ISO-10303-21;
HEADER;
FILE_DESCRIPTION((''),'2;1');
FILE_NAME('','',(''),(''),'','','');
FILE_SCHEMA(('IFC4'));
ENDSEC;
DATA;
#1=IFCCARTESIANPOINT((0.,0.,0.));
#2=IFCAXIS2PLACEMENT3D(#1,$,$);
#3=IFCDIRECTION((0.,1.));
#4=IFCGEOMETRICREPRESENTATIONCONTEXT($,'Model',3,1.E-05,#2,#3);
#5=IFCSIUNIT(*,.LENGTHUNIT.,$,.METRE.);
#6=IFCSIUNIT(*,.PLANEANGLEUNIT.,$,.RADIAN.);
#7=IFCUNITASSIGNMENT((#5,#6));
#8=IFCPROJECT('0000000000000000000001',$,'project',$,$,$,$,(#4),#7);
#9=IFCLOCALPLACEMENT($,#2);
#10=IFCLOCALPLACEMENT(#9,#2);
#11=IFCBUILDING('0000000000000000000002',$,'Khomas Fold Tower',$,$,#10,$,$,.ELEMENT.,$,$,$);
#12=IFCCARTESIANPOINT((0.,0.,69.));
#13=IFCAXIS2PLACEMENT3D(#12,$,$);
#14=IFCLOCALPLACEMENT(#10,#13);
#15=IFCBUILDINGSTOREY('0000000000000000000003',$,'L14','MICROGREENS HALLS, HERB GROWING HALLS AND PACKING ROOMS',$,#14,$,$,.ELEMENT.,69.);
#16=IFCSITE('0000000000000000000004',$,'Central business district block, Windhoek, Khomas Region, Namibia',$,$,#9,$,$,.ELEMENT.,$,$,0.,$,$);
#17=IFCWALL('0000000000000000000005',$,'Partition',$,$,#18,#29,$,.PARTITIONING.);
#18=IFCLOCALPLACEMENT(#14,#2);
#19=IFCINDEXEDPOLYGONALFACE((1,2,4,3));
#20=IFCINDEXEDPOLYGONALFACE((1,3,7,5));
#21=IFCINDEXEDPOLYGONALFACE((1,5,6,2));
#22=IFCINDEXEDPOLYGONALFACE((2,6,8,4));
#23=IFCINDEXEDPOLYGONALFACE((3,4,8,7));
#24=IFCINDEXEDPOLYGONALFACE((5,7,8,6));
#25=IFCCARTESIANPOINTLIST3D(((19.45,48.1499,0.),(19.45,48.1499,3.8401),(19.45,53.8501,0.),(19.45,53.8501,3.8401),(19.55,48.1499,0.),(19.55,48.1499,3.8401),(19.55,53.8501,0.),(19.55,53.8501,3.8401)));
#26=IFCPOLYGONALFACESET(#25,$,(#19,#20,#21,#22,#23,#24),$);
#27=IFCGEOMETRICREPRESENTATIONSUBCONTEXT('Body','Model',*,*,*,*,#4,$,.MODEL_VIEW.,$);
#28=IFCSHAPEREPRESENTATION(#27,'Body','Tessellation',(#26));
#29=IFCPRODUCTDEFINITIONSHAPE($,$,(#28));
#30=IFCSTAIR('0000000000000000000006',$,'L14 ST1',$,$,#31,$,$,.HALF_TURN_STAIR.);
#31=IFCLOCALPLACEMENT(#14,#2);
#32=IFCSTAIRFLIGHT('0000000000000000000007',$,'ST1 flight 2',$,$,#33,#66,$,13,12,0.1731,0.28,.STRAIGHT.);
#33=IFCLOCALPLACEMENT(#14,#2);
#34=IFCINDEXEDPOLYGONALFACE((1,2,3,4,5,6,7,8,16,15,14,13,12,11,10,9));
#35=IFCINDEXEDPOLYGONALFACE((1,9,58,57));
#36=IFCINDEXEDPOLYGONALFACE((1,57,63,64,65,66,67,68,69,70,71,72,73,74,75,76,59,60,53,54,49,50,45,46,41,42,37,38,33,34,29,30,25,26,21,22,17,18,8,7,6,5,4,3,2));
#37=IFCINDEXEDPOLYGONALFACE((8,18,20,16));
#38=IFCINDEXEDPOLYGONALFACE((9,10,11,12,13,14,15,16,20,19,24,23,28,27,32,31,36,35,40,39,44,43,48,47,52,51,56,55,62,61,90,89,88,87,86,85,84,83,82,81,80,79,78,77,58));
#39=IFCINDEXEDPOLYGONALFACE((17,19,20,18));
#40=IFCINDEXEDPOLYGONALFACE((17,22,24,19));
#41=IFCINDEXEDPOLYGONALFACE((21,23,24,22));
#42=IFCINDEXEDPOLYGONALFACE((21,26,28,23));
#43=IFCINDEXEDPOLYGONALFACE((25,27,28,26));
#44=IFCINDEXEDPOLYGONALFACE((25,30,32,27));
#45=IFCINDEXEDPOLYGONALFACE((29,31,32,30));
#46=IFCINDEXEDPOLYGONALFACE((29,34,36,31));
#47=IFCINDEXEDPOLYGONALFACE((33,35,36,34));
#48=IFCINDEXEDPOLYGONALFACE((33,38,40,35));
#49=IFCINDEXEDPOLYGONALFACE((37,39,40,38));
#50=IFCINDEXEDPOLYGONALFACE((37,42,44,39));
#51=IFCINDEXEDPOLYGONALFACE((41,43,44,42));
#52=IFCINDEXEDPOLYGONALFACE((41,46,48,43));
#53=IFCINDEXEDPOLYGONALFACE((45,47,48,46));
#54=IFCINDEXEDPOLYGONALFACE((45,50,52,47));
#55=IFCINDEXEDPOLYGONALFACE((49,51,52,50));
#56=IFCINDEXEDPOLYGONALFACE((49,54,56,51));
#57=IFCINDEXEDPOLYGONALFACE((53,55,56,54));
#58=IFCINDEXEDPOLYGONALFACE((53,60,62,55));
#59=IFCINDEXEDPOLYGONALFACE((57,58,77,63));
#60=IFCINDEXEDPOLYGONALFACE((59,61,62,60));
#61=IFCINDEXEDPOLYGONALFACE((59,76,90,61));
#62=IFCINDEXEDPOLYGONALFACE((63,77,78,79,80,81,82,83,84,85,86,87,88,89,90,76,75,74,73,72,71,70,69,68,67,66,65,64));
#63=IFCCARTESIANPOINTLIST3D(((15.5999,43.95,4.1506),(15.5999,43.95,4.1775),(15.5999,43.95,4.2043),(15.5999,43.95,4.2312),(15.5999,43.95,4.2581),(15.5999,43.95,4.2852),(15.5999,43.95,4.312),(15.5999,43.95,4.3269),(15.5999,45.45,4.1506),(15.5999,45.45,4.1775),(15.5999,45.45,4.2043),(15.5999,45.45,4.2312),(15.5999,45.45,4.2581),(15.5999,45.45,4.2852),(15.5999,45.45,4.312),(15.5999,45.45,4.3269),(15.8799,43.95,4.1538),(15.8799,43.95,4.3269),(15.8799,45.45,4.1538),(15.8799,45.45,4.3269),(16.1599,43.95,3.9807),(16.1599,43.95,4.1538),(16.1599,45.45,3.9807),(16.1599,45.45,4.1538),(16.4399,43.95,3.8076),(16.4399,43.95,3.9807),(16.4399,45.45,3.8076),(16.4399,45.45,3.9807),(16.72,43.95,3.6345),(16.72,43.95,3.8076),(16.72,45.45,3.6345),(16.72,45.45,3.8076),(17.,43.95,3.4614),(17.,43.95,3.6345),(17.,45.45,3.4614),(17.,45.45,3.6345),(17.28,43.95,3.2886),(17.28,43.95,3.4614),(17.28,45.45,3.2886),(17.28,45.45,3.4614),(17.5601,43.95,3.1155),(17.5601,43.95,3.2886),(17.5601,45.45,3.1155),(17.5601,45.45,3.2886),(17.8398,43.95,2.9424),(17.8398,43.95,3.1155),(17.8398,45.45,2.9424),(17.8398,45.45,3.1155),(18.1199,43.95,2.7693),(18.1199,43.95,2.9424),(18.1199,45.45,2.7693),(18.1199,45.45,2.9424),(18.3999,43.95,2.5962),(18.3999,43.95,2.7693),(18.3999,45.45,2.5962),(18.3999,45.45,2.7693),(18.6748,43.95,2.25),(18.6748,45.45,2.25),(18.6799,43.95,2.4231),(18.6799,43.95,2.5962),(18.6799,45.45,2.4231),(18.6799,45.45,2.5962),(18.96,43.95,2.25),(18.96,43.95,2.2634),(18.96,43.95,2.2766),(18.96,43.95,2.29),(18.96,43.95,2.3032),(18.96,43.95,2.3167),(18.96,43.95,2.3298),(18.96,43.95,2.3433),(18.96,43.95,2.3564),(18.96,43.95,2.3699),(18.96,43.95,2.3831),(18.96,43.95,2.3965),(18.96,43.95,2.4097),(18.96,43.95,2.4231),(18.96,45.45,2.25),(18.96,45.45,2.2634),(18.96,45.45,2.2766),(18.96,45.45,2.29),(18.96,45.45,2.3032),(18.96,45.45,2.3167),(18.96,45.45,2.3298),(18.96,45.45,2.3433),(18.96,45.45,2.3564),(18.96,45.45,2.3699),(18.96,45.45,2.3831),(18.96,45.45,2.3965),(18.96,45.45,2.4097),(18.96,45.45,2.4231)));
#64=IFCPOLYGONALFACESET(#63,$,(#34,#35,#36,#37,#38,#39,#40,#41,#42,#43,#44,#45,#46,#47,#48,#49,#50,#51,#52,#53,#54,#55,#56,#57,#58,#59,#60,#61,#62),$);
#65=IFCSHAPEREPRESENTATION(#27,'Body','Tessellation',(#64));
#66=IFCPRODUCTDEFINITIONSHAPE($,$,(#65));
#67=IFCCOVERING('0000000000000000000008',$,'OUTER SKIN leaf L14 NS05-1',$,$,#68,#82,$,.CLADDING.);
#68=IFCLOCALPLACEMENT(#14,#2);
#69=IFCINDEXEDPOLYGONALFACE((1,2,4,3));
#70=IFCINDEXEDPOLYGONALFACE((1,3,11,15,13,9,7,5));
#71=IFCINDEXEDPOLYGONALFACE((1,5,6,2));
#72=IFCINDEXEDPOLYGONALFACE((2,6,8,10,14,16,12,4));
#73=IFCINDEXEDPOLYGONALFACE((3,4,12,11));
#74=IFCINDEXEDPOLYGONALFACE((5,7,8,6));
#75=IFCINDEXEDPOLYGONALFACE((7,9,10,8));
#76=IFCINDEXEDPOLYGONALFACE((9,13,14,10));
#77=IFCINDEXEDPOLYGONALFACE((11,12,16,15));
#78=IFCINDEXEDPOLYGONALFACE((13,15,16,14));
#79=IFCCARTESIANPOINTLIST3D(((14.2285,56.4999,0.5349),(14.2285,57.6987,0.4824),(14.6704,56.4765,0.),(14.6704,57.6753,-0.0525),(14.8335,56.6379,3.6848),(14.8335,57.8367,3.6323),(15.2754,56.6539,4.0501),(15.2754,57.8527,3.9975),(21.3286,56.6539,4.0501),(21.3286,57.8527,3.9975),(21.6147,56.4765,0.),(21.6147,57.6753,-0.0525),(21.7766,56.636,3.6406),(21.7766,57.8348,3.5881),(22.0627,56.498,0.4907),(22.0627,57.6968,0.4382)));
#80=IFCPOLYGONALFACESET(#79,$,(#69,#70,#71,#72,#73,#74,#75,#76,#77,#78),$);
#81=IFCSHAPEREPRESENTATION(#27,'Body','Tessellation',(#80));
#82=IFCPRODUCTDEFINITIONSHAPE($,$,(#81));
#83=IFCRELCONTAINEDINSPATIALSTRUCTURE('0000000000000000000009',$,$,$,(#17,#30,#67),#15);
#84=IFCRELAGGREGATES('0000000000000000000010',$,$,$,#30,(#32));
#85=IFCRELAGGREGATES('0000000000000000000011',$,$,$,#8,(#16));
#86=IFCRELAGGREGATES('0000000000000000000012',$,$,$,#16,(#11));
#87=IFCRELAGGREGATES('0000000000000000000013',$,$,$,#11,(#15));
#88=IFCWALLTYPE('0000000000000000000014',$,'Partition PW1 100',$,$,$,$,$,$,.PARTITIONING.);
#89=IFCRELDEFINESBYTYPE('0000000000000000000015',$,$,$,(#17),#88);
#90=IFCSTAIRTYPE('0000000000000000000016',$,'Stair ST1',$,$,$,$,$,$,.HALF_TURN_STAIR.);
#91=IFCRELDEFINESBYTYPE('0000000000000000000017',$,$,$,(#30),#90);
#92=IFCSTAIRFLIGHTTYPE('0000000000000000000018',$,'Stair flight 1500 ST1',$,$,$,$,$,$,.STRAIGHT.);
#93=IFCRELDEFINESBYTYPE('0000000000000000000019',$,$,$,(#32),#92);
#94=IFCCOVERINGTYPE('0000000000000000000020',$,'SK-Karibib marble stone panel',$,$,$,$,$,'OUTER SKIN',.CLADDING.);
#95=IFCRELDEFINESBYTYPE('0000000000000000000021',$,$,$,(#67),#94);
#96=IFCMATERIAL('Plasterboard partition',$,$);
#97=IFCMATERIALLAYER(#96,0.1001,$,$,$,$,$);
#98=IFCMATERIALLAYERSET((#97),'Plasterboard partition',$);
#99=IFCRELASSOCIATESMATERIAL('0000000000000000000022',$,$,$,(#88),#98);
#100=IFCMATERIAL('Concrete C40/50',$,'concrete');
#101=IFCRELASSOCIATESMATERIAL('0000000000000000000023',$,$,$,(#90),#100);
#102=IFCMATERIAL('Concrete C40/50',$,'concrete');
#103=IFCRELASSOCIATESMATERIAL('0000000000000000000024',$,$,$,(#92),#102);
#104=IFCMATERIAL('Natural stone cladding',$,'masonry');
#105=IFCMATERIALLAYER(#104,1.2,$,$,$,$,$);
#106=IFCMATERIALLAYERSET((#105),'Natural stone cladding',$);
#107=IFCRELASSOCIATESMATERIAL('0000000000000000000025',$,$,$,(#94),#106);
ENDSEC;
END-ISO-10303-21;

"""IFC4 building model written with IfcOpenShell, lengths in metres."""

from ifc_helpers import new_model, si_unit, direction, frame, frame_2d, origin, place, context, subcontext, project, spatial, polyline, rectangle, outline, extrude, source, transform, mapped, material, layer, layer_set, type_object, element, aggregate, save


model = new_model("IFC4")

# Units and contexts
model_context = context("Model", 3, precision=1e-05, world=origin(), true_north=direction((0.0, 1.0)))
body_context = subcontext(model_context, "Body", "Model", "MODEL_VIEW")
ifc_project = project(units=[si_unit("LENGTHUNIT", "METRE"), si_unit("PLANEANGLEUNIT", "RADIAN")], contexts=[model_context])

# Site, building, storey
site_placement = place(None, origin())
site = spatial("IfcSite", under=ifc_project, at=site_placement, Name="Central business district block, Windhoek, Khomas Region, Namibia", CompositionType="ELEMENT", RefElevation=0.0)
building_placement = place(site_placement, origin())
building = spatial("IfcBuilding", under=site, at=building_placement, Name="Khomas Fold Tower", CompositionType="ELEMENT")
storey_placement = place(building_placement, frame((0.0, 0.0, 69.0)))
storey = spatial("IfcBuildingStorey", under=building, at=storey_placement, Name="L14", Description="MICROGREENS HALLS, HERB GROWING HALLS AND PACKING ROOMS", CompositionType="ELEMENT", Elevation=69.0)

# Wall
ifc_material_1 = material(Name="Plasterboard partition")
ifc_layer_1 = layer(ifc_material_1, 0.1001)
ifc_layer_set_1 = layer_set([ifc_layer_1], Name="Plasterboard partition")
wall_type_1 = type_object("IfcWallType", Name="Partition PW1 100", PredefinedType="PARTITIONING", material=ifc_layer_set_1)
shared_shape_1 = source(origin(), body_context, "Body", "SweptSolid", [
    extrude(rectangle(XDim=5.7002, YDim=0.1001, at=frame_2d((2.8501, 0.0))), origin(), (0.0, 0.0, 1.0), 3.8401),
])
wall_1_placement = place(storey_placement, frame((19.5, 48.1499, 0.0), z_axis=(0.0, 0.0, 1.0), x_axis=(0.0, 1.0, 0.0)))
element("IfcWall", 1, at=wall_1_placement, inside=storey, type_object=wall_type_1, Name="Partition", PredefinedType="PARTITIONING", context=body_context, shape_type="MappedRepresentation", body=[
    mapped(shared_shape_1, transform((0.0, 0.0, 0.0))),
])

# Stair, stair flight
ifc_material_2 = material(Name="Concrete C40/50", Category="concrete")
stair_type = type_object("IfcStairType", Name="Stair ST1", PredefinedType="HALF_TURN_STAIR", material=ifc_material_2)
stair_placement = place(storey_placement, origin())
stair = element("IfcStair", 2, at=stair_placement, inside=storey, type_object=stair_type, Name="L14 ST1", PredefinedType="HALF_TURN_STAIR")
ifc_material_3 = material(Name="Concrete C40/50", Category="concrete")
stair_flight_type = type_object("IfcStairFlightType", Name="Stair flight 1500 ST1", PredefinedType="STRAIGHT", material=ifc_material_3)
shared_shape_2 = source(origin(), body_context, "Body", "SweptSolid", [
    extrude(outline(polyline([(0.0, 0.0), (0.0, 0.0134), (0.0, 0.0266), (0.0, 0.04), (0.0, 0.0532), (0.0, 0.0667), (0.0, 0.0798), (0.0, 0.0933), (0.0, 0.1064), (0.0, 0.1199), (0.0, 0.1331), (0.0, 0.1465), (0.0, 0.1597), (0.0, 0.1731), (0.28, 0.1731), (0.28, 0.3462), (0.5601, 0.3462), (0.5601, 0.5193), (0.8401, 0.5193), (0.8401, 0.6924), (1.1201, 0.6924), (1.1201, 0.8655), (1.3999, 0.8655), (1.3999, 1.0386), (1.6799, 1.0386), (1.6799, 1.2114), (1.96, 1.2114), (1.96, 1.3845), (2.24, 1.3845), (2.24, 1.5576), (2.52, 1.5576), (2.52, 1.7307), (2.8, 1.7307), (2.8, 1.9038), (3.0801, 1.9038), (3.0801, 2.0769), (3.3601, 2.0769), (3.3601, 2.25), (3.3601, 2.2231), (3.3601, 2.1963), (3.3601, 2.1694), (3.3601, 2.1426), (3.3601, 2.1157), (3.3601, 2.0889), (3.3601, 2.062), (3.3601, 2.0352), (3.3601, 2.0081), (3.3601, 1.9812), (3.3601, 1.9543), (3.3601, 1.9275), (3.3601, 1.9006), (0.2852, 0.0), (0.0, 0.0)])), frame((0.0, 0.75, 0.0), z_axis=(0.0, -1.0, 0.0), x_axis=(1.0, 0.0, 0.0)), (0.0, 0.0, 1.0), 1.5),
])
stair_flight_placement = place(storey_placement, frame((18.96, 44.7, 2.25), z_axis=(0.0, 0.0, 1.0), x_axis=(-1.0, 0.0, 0.0)))
stair_flight = element("IfcStairFlight", 3, at=stair_flight_placement, type_object=stair_flight_type, Name="ST1 flight 2", NumberOfRisers=13, NumberOfTreads=12, PredefinedType="STRAIGHT", RiserHeight=0.1731, TreadLength=0.28, context=body_context, shape_type="MappedRepresentation", body=[
    mapped(shared_shape_2, transform((0.0, 0.0, 0.0))),
])
aggregate(stair, [stair_flight])

# Covering
ifc_material_4 = material(Name="Natural stone cladding", Category="masonry")
ifc_layer_2 = layer(ifc_material_4, 1.2)
ifc_layer_set_2 = layer_set([ifc_layer_2], Name="Natural stone cladding")
covering_type = type_object("IfcCoveringType", Name="SK-Karibib marble stone panel", ElementType="OUTER SKIN", PredefinedType="CLADDING", material=ifc_layer_set_2)
covering_placement = place(storey_placement, frame((21.7766, 56.636, 3.6406), z_axis=(-0.000002, -0.999041, 0.043779), x_axis=(0.09038, -0.0436, -0.994952)))
element("IfcCovering", 4, at=covering_placement, inside=storey, type_object=covering_type, Name="OUTER SKIN leaf L14 NS05-1", PredefinedType="CLADDING", context=body_context, shape_type="SweptSolid", body=[
    extrude(outline(polyline([(0.0, 0.0), (3.1659, 0.0), (3.6146, -0.4906), (2.9869, -7.4065), (2.4138, -7.7982), (-0.6716, -6.9107), (-0.9957, -6.4376), (-0.4486, -0.4091), (0.0, 0.0)])), origin(), (0.0, 0.0, -1.0), 1.2),
])

save(model, "model.ifc")
